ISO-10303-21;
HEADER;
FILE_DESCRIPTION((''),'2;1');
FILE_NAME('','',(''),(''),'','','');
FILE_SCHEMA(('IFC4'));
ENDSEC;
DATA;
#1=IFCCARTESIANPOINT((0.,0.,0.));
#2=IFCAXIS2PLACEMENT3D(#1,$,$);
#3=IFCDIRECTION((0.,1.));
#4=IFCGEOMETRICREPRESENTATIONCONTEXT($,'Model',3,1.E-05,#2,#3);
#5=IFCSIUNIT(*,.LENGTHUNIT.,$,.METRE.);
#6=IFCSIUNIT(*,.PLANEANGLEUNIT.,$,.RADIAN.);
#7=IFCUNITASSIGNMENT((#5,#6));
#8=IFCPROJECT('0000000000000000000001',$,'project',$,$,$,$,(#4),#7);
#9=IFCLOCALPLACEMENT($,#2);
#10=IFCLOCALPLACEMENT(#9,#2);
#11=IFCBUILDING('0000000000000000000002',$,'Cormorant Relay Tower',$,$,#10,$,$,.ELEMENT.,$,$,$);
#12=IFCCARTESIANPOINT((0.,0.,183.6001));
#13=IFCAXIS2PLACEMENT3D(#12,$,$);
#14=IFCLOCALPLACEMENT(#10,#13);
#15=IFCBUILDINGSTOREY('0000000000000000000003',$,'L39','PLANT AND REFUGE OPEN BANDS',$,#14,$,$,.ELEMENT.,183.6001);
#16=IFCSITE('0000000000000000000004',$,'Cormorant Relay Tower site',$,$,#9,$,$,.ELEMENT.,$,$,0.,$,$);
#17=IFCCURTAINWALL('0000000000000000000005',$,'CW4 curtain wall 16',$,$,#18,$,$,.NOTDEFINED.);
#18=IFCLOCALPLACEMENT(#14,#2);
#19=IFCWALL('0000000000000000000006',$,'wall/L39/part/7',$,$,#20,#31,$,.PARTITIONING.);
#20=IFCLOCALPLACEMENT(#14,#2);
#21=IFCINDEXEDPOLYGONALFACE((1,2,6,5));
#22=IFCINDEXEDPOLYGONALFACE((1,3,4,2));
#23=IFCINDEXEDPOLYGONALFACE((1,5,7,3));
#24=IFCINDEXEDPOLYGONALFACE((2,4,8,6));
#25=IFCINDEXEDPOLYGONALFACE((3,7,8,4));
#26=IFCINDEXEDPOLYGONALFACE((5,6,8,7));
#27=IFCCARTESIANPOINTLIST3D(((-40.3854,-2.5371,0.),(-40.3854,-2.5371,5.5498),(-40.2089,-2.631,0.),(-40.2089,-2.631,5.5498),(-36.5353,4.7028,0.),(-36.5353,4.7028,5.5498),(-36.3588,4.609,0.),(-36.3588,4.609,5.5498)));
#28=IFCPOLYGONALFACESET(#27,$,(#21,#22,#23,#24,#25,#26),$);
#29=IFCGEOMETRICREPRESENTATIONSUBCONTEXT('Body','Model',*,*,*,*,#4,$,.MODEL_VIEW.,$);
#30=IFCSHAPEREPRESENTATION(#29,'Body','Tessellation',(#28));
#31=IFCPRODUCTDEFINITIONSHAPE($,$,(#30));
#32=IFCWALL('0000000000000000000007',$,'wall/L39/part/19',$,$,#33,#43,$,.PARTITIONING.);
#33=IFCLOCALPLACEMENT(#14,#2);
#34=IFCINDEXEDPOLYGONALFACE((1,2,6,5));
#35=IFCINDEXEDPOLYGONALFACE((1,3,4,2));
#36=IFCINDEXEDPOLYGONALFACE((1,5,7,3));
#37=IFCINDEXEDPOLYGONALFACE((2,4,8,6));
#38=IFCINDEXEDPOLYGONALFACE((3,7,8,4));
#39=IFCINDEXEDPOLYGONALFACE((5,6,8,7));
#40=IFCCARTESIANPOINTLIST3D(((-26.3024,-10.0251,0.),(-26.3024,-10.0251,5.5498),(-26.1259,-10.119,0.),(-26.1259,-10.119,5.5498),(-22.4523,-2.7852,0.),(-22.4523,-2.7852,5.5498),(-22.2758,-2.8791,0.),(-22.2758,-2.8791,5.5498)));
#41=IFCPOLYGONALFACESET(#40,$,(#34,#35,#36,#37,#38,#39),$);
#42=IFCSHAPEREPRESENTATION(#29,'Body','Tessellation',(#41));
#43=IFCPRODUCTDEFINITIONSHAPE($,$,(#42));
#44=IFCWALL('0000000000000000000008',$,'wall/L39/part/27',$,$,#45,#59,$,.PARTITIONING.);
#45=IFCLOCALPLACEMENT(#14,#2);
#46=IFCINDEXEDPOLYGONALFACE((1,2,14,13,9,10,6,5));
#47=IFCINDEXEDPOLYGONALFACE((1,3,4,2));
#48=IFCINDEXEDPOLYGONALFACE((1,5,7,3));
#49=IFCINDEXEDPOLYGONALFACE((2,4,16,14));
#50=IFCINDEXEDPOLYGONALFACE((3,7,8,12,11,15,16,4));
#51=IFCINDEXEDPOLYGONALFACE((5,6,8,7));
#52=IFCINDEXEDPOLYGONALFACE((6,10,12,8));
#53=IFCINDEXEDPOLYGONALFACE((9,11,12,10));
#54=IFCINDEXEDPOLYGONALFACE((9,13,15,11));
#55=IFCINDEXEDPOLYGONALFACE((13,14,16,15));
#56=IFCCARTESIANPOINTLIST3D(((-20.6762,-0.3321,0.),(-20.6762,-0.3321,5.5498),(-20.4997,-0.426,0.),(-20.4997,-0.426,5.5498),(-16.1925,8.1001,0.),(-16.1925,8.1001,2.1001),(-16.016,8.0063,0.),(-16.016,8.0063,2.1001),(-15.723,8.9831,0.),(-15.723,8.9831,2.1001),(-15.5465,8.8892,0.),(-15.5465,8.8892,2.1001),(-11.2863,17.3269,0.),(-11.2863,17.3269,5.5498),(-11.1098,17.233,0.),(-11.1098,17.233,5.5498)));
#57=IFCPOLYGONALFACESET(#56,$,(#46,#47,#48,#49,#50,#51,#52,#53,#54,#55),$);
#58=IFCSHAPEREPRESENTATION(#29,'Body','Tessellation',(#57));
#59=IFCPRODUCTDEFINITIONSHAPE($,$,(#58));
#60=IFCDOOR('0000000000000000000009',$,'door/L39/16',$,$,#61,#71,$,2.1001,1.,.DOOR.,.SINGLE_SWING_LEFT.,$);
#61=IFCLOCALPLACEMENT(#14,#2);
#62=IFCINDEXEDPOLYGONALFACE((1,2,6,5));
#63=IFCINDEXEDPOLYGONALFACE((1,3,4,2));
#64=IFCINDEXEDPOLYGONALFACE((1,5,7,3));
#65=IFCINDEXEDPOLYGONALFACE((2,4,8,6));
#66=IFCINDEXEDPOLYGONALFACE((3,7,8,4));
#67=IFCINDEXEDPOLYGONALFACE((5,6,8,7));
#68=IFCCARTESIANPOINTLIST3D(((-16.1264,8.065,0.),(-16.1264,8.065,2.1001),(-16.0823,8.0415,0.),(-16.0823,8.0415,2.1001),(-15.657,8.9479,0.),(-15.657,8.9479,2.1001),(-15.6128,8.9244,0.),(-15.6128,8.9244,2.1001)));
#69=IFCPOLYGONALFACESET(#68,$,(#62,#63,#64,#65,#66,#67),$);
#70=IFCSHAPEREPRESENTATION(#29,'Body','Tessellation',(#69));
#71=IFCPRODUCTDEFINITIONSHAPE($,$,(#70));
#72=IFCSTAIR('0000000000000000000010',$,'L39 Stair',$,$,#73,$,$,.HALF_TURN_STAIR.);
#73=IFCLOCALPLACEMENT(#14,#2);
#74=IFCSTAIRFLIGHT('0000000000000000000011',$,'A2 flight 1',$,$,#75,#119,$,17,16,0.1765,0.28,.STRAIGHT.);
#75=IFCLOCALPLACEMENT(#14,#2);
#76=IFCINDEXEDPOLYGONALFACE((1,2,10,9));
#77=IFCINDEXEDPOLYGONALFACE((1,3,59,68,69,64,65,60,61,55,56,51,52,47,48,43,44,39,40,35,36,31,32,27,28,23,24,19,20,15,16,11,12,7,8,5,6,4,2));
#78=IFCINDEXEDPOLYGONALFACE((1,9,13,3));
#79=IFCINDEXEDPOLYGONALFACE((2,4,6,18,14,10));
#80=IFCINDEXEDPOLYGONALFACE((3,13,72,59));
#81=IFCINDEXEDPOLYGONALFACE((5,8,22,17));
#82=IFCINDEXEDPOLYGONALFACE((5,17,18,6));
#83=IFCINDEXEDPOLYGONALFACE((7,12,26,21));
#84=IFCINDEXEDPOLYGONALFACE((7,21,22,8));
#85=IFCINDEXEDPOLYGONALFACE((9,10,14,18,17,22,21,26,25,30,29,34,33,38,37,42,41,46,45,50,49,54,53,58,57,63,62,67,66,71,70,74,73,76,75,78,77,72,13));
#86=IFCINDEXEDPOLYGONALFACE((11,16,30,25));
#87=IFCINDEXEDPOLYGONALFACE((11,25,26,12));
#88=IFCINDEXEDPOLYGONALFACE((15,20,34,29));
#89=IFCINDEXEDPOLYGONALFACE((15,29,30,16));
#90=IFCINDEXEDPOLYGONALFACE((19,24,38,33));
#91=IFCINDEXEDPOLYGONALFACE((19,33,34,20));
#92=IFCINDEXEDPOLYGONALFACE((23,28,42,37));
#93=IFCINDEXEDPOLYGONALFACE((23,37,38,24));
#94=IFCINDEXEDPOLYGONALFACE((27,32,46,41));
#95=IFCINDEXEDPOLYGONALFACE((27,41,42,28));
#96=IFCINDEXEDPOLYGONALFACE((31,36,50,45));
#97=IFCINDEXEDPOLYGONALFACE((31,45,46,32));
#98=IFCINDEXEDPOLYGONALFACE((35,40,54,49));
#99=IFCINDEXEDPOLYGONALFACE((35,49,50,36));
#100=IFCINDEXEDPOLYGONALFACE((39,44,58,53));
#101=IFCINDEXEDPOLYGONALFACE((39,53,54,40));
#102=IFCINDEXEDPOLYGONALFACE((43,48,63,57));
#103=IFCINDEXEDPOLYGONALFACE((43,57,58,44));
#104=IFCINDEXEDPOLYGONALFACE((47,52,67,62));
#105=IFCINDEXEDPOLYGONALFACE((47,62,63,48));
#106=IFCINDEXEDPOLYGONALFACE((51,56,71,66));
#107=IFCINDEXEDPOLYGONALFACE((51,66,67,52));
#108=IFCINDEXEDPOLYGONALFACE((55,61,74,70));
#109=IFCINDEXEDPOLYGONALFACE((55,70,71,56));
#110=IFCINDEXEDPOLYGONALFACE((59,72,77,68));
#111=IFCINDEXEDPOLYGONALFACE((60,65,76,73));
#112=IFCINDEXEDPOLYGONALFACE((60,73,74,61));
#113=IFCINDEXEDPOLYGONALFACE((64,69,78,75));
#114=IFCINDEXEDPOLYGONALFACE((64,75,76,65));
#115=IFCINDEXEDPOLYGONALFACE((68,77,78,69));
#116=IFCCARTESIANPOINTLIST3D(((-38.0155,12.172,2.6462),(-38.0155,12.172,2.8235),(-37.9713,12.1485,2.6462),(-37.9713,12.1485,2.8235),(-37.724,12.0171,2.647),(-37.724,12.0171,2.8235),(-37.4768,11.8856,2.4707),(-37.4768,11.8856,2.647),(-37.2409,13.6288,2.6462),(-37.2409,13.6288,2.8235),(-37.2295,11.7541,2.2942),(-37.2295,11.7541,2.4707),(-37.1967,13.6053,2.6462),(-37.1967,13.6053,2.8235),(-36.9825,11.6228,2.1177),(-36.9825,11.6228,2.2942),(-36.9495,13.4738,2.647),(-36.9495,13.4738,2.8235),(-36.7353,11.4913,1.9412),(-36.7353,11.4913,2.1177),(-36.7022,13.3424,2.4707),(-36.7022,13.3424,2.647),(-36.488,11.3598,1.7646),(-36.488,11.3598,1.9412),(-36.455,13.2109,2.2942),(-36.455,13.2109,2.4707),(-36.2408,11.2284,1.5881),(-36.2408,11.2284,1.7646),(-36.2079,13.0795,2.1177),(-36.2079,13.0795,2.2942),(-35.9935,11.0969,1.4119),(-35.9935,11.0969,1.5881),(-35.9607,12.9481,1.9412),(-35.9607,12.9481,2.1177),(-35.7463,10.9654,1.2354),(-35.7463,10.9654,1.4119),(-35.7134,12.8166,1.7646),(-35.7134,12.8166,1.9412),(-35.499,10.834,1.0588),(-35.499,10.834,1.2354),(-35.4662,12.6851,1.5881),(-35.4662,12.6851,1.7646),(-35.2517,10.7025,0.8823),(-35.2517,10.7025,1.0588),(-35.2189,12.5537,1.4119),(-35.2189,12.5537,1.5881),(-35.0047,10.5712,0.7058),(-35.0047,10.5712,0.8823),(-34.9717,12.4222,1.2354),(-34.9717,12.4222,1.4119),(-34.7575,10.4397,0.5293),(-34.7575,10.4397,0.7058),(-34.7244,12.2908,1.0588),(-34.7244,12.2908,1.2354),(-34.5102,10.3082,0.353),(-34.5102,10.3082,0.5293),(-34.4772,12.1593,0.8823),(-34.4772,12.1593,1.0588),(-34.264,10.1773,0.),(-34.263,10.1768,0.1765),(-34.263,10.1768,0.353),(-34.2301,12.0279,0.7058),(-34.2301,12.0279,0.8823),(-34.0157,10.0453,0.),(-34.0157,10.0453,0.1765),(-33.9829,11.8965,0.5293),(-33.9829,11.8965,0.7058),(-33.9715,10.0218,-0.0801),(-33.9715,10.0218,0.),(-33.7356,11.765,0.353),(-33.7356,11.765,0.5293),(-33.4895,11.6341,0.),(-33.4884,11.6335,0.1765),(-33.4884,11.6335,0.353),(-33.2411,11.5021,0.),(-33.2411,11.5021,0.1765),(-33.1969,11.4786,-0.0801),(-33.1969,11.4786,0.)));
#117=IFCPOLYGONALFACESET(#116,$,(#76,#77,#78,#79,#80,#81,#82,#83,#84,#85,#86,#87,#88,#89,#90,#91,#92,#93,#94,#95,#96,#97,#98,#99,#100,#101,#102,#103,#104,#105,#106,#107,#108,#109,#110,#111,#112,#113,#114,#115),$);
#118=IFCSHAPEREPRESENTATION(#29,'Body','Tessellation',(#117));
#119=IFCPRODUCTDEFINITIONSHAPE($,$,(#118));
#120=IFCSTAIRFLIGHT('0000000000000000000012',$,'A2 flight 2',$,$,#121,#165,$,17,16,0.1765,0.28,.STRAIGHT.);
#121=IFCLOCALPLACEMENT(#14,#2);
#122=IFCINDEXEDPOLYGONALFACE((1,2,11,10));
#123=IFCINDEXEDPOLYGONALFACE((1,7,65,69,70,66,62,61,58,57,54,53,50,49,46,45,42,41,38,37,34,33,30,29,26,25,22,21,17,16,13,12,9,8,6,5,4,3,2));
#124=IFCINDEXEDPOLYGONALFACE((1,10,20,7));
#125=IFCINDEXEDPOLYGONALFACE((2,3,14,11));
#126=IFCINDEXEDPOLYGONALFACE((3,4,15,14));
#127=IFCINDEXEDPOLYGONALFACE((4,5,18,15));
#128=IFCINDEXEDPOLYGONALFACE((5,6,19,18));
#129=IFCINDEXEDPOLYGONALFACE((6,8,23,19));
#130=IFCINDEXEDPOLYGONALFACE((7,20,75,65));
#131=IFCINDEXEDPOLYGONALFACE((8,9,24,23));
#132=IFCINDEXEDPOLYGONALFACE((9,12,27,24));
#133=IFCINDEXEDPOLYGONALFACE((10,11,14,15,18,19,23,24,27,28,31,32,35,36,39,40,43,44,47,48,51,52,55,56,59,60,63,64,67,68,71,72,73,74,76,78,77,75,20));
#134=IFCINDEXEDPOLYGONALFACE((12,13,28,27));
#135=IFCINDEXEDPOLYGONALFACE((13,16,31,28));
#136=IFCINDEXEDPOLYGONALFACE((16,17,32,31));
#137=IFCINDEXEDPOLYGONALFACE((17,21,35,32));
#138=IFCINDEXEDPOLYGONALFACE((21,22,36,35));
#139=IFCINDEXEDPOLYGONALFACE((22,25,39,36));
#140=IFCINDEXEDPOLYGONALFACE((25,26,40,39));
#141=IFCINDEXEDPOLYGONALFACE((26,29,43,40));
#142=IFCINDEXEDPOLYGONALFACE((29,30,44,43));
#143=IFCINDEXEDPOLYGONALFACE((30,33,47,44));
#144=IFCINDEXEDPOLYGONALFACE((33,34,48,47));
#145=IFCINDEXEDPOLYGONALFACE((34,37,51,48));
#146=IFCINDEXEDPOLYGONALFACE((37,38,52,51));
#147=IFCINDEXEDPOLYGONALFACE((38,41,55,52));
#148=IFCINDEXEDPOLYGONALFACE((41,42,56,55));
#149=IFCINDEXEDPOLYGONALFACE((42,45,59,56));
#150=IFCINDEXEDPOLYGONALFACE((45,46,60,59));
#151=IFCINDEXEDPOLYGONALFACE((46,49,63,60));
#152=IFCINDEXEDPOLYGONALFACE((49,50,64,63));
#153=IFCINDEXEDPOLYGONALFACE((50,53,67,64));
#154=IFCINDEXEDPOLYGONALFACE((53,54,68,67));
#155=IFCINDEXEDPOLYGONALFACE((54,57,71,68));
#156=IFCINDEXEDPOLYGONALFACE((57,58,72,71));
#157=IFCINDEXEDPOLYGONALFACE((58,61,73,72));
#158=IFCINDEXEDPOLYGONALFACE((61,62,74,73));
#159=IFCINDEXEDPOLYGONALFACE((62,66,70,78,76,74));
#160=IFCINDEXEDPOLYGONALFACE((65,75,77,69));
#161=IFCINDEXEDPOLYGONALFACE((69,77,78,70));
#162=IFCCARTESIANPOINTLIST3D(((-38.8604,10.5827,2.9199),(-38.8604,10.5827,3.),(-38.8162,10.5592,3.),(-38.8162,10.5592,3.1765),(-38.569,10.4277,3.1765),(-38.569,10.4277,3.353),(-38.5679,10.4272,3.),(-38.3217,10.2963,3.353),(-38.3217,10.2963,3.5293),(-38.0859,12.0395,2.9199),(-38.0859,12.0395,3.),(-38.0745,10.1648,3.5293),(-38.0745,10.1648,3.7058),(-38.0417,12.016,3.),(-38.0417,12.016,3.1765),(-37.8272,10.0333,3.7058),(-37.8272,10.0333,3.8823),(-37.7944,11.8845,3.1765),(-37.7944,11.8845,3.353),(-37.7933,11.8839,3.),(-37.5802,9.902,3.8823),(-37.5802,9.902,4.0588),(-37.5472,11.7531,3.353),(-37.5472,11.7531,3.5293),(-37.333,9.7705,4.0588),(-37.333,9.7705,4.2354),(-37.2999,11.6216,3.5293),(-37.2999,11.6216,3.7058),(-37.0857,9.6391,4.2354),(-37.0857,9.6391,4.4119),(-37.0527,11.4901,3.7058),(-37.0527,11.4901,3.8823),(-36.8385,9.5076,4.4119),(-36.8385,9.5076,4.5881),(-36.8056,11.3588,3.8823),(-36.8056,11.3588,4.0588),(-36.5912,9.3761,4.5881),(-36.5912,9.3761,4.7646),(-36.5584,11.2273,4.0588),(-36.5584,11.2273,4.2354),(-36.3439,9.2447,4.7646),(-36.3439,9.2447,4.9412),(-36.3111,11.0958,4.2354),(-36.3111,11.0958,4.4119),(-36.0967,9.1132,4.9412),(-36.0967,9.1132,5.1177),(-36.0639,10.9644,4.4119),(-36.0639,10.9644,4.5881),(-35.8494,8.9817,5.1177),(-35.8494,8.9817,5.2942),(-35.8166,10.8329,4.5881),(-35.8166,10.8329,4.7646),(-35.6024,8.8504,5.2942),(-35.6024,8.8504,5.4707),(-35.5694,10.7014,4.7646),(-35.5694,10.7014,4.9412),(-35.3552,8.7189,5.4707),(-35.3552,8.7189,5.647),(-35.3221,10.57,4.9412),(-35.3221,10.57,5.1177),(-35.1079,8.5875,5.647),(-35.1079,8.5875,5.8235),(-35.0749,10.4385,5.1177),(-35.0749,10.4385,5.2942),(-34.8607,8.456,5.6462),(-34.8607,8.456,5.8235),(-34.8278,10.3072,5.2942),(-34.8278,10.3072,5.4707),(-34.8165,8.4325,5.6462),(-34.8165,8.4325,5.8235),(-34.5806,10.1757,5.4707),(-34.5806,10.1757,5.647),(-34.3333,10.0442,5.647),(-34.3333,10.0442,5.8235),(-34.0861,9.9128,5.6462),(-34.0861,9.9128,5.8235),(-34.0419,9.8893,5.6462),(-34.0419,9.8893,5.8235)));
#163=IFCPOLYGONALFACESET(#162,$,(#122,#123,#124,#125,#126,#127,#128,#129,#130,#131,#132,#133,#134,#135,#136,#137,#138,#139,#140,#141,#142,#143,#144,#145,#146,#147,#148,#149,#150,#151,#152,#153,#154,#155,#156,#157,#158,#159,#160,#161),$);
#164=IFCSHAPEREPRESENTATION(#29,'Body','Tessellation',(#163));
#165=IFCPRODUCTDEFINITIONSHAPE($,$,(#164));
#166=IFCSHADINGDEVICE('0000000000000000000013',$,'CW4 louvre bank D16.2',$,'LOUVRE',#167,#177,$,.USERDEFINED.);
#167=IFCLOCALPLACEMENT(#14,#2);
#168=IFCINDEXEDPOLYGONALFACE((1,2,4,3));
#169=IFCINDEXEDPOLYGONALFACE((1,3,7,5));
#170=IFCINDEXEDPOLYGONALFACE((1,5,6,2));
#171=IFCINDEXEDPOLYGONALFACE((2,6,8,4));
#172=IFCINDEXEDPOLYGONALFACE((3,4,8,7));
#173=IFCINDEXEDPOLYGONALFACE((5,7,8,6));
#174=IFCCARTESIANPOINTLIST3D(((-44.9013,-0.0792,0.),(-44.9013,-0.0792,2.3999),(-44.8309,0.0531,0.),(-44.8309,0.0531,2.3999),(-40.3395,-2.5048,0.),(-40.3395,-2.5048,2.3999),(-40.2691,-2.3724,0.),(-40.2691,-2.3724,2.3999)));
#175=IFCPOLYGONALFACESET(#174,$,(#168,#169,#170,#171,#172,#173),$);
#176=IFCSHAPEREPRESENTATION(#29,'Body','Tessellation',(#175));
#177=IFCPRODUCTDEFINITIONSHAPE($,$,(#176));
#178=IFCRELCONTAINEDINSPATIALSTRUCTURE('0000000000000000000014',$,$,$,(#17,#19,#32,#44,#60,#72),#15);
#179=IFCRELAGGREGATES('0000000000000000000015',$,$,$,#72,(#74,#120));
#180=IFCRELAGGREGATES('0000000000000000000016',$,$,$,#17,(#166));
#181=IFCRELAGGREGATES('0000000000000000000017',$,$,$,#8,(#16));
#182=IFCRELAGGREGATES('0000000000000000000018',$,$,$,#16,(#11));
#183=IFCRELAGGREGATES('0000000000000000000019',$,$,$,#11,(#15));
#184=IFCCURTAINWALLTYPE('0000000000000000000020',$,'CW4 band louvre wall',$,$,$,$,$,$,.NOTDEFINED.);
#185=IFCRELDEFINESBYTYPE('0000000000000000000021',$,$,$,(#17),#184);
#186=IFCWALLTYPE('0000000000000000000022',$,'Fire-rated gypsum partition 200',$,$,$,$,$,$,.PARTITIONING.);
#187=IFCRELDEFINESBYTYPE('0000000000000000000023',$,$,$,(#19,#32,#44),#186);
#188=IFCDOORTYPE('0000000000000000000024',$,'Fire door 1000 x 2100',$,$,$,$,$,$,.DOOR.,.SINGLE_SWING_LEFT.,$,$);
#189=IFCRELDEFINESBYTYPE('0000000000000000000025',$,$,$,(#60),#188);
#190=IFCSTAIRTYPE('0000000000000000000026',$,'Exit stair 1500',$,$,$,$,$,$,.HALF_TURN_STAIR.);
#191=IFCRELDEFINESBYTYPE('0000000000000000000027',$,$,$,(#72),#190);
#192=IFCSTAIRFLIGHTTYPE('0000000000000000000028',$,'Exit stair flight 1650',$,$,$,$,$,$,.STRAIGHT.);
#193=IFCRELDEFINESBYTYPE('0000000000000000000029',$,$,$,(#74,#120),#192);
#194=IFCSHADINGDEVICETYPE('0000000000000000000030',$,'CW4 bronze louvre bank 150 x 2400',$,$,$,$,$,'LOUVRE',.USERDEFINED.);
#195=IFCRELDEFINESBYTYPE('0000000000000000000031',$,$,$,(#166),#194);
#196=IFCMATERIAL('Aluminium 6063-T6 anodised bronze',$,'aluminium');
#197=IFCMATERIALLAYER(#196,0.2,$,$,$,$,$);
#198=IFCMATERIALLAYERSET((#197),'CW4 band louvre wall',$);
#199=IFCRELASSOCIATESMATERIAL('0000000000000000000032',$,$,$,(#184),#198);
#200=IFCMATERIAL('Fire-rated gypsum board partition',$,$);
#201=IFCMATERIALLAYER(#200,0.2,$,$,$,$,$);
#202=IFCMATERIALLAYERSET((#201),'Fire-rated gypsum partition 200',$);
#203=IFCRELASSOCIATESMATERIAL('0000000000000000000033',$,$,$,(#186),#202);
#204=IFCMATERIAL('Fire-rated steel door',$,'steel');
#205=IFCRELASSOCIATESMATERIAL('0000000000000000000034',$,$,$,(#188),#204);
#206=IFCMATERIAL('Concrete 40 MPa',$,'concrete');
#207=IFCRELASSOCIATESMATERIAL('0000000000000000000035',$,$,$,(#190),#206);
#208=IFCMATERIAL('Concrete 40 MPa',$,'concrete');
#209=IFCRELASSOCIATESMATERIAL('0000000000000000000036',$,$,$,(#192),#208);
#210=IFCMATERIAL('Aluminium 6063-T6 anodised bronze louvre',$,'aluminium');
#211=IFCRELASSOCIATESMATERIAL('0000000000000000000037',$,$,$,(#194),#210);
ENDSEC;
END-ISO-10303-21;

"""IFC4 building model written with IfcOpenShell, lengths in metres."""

from ifc_helpers import new_model, si_unit, direction, frame, frame_2d, origin, origin_2d, place, context, subcontext, project, spatial, polyline, rectangle, outline, extrude, material, layer, layer_set, type_object, element, fill, aggregate, save


model = new_model("IFC4")

# Units and contexts
model_context = context("Model", 3, precision=1e-05, world=origin(), true_north=direction((0.0, 1.0)))
body_context = subcontext(model_context, "Body", "Model", "MODEL_VIEW")
ifc_project = project(units=[si_unit("LENGTHUNIT", "METRE"), si_unit("PLANEANGLEUNIT", "RADIAN")], contexts=[model_context])

# Site, building, storey
site_placement = place(None, origin())
site = spatial("IfcSite", under=ifc_project, at=site_placement, Name="Cormorant Relay Tower site", CompositionType="ELEMENT", RefElevation=0.0)
building_placement = place(site_placement, origin())
building = spatial("IfcBuilding", under=site, at=building_placement, Name="Cormorant Relay Tower", CompositionType="ELEMENT")
storey_placement = place(building_placement, frame((0.0, 0.0, 183.6001)))
storey = spatial("IfcBuildingStorey", under=building, at=storey_placement, Name="L39", Description="PLANT AND REFUGE OPEN BANDS", CompositionType="ELEMENT", Elevation=183.6001)

# Curtain wall
ifc_material_1 = material(Name="Aluminium 6063-T6 anodised bronze", Category="aluminium")
ifc_layer_1 = layer(ifc_material_1, 0.2)
ifc_layer_set_1 = layer_set([ifc_layer_1], Name="CW4 band louvre wall")
curtain_wall_type = type_object("IfcCurtainWallType", Name="CW4 band louvre wall", PredefinedType="NOTDEFINED", material=ifc_layer_set_1)
curtain_wall_placement = place(storey_placement, origin())
curtain_wall = element("IfcCurtainWall", 1, at=curtain_wall_placement, inside=storey, type_object=curtain_wall_type, Name="CW4 curtain wall 16", PredefinedType="NOTDEFINED")

# Walls
ifc_material_2 = material(Name="Fire-rated gypsum board partition")
ifc_layer_2 = layer(ifc_material_2, 0.2)
ifc_layer_set_2 = layer_set([ifc_layer_2], Name="Fire-rated gypsum partition 200")
wall_type_1 = type_object("IfcWallType", Name="Fire-rated gypsum partition 200", PredefinedType="PARTITIONING", material=ifc_layer_set_2)
for number, where, z_axis, x_axis, name in (
    (2, (-36.447, 4.656, 0.0), (0.0, 0.0, 1.0), (-0.469522, -0.882921, 0.0), "wall/L39/part/7"),
    (3, (-22.364, -2.832, 0.0), (0.0, 0.0, 1.0), (-0.469522, -0.882921, 0.0), "wall/L39/part/19"),
):
    element("IfcWall", number, at=place(storey_placement, frame(where, z_axis=z_axis, x_axis=x_axis)), inside=storey, type_object=wall_type_1, Name=name, PredefinedType="PARTITIONING", context=body_context, shape_type="SweptSolid", body=[
        extrude(rectangle(XDim=8.2, YDim=0.2, at=frame_2d((4.1001, 0.0))), origin(), (0.0, 0.0, 1.0), 5.5498),
    ])

# Wall, opening, door
wall_1_placement = place(storey_placement, frame((-20.5879, -0.3789, 0.0), z_axis=(0.0, 0.0, 1.0), x_axis=(0.46949, 0.882938, 0.0)))
wall_1 = element("IfcWall", 4, at=wall_1_placement, inside=storey, type_object=wall_type_1, Name="wall/L39/part/27", PredefinedType="PARTITIONING", context=body_context, shape_type="SweptSolid", body=[
    extrude(rectangle(XDim=20.0002, YDim=0.2, at=frame_2d((10.0, 0.0))), origin(), (0.0, 0.0, 1.0), 5.5498),
])
opening_1_placement = place(wall_1_placement, frame((9.55, 0.0, 0.0)))
opening_1 = element("IfcOpeningElement", 5, at=opening_1_placement, cuts=wall_1, PredefinedType="OPENING", context=body_context, shape_type="SweptSolid", body=[
    extrude(rectangle(XDim=1.0, YDim=2.1001, at=frame_2d((0.5, 1.05))), frame((0.0, 0.1099, 0.0), z_axis=(0.0, -1.0, 0.0), x_axis=(1.0, 0.0, 0.0)), (0.0, 0.0, 1.0), 0.22),
])
ifc_material_3 = material(Name="Fire-rated steel door", Category="steel")
door_type_1 = type_object("IfcDoorType", Name="Fire door 1000 x 2100", OperationType="SINGLE_SWING_LEFT", PredefinedType="DOOR", material=ifc_material_3)
door_1_placement = place(opening_1_placement, frame((1.0, 0.0, 0.0), z_axis=(0.0, 0.0, 1.0), x_axis=(-1.0, 0.0, 0.0)))
door_1 = element("IfcDoor", 6, at=door_1_placement, inside=storey, type_object=door_type_1, Name="door/L39/16", OperationType="SINGLE_SWING_LEFT", OverallHeight=2.1001, OverallWidth=1.0, PredefinedType="DOOR", context=body_context, shape_type="SweptSolid", body=[
    extrude(rectangle(XDim=1.0, YDim=2.1001, at=frame_2d((0.5, 1.05))), frame((0.0, 0.0249, 0.0), z_axis=(0.0, -1.0, 0.0), x_axis=(1.0, 0.0, 0.0)), (0.0, 0.0, 1.0), 0.05),
])
fill(opening_1, door_1)

# Stair, stair flights
ifc_material_4 = material(Name="Concrete 40 MPa", Category="concrete")
stair_type = type_object("IfcStairType", Name="Exit stair 1500", PredefinedType="HALF_TURN_STAIR", material=ifc_material_4)
stair_placement = place(storey_placement, origin())
stair = element("IfcStair", 7, at=stair_placement, inside=storey, type_object=stair_type, Name="L39 Stair", PredefinedType="HALF_TURN_STAIR")
ifc_material_5 = material(Name="Concrete 40 MPa", Category="concrete")
stair_flight_type = type_object("IfcStairFlightType", Name="Exit stair flight 1650", PredefinedType="STRAIGHT", material=ifc_material_5)
stair_flight_1_placement = place(storey_placement, frame((-33.6284, 10.7737, 0.0), z_axis=(0.0, 0.0, 1.0), x_axis=(-0.882948, 0.469472, 0.0)))
stair_flight_1 = element("IfcStairFlight", 8, at=stair_flight_1_placement, type_object=stair_flight_type, Name="A2 flight 1", NumberOfRisers=17, NumberOfTreads=16, PredefinedType="STRAIGHT", RiserHeight=0.1765, TreadLength=0.28, context=body_context, shape_type="SweptSolid", body=[
    extrude(outline(polyline([(-0.05, -0.0801), (-0.05, 0.0), (0.0, 0.0), (0.0, 0.1765), (0.28, 0.1765), (0.28, 0.353), (0.5601, 0.353), (0.5601, 0.5293), (0.8401, 0.5293), (0.8401, 0.7058), (1.1201, 0.7058), (1.1201, 0.8823), (1.3999, 0.8823), (1.3999, 1.0588), (1.6799, 1.0588), (1.6799, 1.2354), (1.96, 1.2354), (1.96, 1.4119), (2.24, 1.4119), (2.24, 1.5881), (2.52, 1.5881), (2.52, 1.7646), (2.8, 1.7646), (2.8, 1.9412), (3.0801, 1.9412), (3.0801, 2.1177), (3.3601, 2.1177), (3.3601, 2.2942), (3.6399, 2.2942), (3.6399, 2.4707), (3.9199, 2.4707), (3.9199, 2.647), (4.2, 2.647), (4.2, 2.8235), (4.48, 2.8235), (4.53, 2.8235), (4.53, 2.6462), (4.48, 2.6462), (0.2812, 0.0), (-0.05, -0.0801)])), frame((0.0, 0.825, 0.0), z_axis=(0.0, -1.0, 0.0), x_axis=(1.0, 0.0, 0.0)), (0.0, 0.0, 1.0), 1.6499),
])
stair_flight_2_placement = place(storey_placement, frame((-38.429, 11.2876, 3.0), z_axis=(0.0, 0.0, 1.0), x_axis=(0.882948, -0.469472, 0.0)))
stair_flight_2 = element("IfcStairFlight", 9, at=stair_flight_2_placement, type_object=stair_flight_type, Name="A2 flight 2", NumberOfRisers=17, NumberOfTreads=16, PredefinedType="STRAIGHT", RiserHeight=0.1765, TreadLength=0.28, context=body_context, shape_type="SweptSolid", body=[
    extrude(outline(polyline([(-0.05, -0.0801), (-0.05, 0.0), (0.0, 0.0), (0.0, 0.1765), (0.28, 0.1765), (0.28, 0.353), (0.5601, 0.353), (0.5601, 0.5293), (0.8401, 0.5293), (0.8401, 0.7058), (1.1201, 0.7058), (1.1201, 0.8823), (1.3999, 0.8823), (1.3999, 1.0588), (1.6799, 1.0588), (1.6799, 1.2354), (1.96, 1.2354), (1.96, 1.4119), (2.24, 1.4119), (2.24, 1.5881), (2.52, 1.5881), (2.52, 1.7646), (2.8, 1.7646), (2.8, 1.9412), (3.0801, 1.9412), (3.0801, 2.1177), (3.3601, 2.1177), (3.3601, 2.2942), (3.6399, 2.2942), (3.6399, 2.4707), (3.9199, 2.4707), (3.9199, 2.647), (4.2, 2.647), (4.2, 2.8235), (4.48, 2.8235), (4.53, 2.8235), (4.53, 2.6462), (4.48, 2.6462), (0.2812, 0.0), (-0.05, -0.0801)])), frame((0.0, 0.825, 0.0), z_axis=(0.0, -1.0, 0.0), x_axis=(1.0, 0.0, 0.0)), (0.0, 0.0, 1.0), 1.6499),
])
aggregate(stair, [stair_flight_1, stair_flight_2])

# Shading device
ifc_material_6 = material(Name="Aluminium 6063-T6 anodised bronze louvre", Category="aluminium")
shading_device_type = type_object("IfcShadingDeviceType", Name="CW4 bronze louvre bank 150 x 2400", ElementType="LOUVRE", PredefinedType="USERDEFINED", material=ifc_material_6)
shading_device_1_placement = place(storey_placement, frame((-42.5852, -1.2258, 0.0), z_axis=(0.0, 0.0, 1.0), x_axis=(0.882948, -0.469472, 0.0)))
shading_device_1 = element("IfcShadingDevice", 10, at=shading_device_1_placement, type_object=shading_device_type, Name="CW4 louvre bank D16.2", ObjectType="LOUVRE", PredefinedType="USERDEFINED", context=body_context, shape_type="SweptSolid", body=[
    extrude(rectangle(XDim=5.1665, YDim=0.1499, at=origin_2d()), origin(), (0.0, 0.0, 1.0), 2.3999),
])
aggregate(curtain_wall, [shading_device_1])

save(model, "model.ifc")
